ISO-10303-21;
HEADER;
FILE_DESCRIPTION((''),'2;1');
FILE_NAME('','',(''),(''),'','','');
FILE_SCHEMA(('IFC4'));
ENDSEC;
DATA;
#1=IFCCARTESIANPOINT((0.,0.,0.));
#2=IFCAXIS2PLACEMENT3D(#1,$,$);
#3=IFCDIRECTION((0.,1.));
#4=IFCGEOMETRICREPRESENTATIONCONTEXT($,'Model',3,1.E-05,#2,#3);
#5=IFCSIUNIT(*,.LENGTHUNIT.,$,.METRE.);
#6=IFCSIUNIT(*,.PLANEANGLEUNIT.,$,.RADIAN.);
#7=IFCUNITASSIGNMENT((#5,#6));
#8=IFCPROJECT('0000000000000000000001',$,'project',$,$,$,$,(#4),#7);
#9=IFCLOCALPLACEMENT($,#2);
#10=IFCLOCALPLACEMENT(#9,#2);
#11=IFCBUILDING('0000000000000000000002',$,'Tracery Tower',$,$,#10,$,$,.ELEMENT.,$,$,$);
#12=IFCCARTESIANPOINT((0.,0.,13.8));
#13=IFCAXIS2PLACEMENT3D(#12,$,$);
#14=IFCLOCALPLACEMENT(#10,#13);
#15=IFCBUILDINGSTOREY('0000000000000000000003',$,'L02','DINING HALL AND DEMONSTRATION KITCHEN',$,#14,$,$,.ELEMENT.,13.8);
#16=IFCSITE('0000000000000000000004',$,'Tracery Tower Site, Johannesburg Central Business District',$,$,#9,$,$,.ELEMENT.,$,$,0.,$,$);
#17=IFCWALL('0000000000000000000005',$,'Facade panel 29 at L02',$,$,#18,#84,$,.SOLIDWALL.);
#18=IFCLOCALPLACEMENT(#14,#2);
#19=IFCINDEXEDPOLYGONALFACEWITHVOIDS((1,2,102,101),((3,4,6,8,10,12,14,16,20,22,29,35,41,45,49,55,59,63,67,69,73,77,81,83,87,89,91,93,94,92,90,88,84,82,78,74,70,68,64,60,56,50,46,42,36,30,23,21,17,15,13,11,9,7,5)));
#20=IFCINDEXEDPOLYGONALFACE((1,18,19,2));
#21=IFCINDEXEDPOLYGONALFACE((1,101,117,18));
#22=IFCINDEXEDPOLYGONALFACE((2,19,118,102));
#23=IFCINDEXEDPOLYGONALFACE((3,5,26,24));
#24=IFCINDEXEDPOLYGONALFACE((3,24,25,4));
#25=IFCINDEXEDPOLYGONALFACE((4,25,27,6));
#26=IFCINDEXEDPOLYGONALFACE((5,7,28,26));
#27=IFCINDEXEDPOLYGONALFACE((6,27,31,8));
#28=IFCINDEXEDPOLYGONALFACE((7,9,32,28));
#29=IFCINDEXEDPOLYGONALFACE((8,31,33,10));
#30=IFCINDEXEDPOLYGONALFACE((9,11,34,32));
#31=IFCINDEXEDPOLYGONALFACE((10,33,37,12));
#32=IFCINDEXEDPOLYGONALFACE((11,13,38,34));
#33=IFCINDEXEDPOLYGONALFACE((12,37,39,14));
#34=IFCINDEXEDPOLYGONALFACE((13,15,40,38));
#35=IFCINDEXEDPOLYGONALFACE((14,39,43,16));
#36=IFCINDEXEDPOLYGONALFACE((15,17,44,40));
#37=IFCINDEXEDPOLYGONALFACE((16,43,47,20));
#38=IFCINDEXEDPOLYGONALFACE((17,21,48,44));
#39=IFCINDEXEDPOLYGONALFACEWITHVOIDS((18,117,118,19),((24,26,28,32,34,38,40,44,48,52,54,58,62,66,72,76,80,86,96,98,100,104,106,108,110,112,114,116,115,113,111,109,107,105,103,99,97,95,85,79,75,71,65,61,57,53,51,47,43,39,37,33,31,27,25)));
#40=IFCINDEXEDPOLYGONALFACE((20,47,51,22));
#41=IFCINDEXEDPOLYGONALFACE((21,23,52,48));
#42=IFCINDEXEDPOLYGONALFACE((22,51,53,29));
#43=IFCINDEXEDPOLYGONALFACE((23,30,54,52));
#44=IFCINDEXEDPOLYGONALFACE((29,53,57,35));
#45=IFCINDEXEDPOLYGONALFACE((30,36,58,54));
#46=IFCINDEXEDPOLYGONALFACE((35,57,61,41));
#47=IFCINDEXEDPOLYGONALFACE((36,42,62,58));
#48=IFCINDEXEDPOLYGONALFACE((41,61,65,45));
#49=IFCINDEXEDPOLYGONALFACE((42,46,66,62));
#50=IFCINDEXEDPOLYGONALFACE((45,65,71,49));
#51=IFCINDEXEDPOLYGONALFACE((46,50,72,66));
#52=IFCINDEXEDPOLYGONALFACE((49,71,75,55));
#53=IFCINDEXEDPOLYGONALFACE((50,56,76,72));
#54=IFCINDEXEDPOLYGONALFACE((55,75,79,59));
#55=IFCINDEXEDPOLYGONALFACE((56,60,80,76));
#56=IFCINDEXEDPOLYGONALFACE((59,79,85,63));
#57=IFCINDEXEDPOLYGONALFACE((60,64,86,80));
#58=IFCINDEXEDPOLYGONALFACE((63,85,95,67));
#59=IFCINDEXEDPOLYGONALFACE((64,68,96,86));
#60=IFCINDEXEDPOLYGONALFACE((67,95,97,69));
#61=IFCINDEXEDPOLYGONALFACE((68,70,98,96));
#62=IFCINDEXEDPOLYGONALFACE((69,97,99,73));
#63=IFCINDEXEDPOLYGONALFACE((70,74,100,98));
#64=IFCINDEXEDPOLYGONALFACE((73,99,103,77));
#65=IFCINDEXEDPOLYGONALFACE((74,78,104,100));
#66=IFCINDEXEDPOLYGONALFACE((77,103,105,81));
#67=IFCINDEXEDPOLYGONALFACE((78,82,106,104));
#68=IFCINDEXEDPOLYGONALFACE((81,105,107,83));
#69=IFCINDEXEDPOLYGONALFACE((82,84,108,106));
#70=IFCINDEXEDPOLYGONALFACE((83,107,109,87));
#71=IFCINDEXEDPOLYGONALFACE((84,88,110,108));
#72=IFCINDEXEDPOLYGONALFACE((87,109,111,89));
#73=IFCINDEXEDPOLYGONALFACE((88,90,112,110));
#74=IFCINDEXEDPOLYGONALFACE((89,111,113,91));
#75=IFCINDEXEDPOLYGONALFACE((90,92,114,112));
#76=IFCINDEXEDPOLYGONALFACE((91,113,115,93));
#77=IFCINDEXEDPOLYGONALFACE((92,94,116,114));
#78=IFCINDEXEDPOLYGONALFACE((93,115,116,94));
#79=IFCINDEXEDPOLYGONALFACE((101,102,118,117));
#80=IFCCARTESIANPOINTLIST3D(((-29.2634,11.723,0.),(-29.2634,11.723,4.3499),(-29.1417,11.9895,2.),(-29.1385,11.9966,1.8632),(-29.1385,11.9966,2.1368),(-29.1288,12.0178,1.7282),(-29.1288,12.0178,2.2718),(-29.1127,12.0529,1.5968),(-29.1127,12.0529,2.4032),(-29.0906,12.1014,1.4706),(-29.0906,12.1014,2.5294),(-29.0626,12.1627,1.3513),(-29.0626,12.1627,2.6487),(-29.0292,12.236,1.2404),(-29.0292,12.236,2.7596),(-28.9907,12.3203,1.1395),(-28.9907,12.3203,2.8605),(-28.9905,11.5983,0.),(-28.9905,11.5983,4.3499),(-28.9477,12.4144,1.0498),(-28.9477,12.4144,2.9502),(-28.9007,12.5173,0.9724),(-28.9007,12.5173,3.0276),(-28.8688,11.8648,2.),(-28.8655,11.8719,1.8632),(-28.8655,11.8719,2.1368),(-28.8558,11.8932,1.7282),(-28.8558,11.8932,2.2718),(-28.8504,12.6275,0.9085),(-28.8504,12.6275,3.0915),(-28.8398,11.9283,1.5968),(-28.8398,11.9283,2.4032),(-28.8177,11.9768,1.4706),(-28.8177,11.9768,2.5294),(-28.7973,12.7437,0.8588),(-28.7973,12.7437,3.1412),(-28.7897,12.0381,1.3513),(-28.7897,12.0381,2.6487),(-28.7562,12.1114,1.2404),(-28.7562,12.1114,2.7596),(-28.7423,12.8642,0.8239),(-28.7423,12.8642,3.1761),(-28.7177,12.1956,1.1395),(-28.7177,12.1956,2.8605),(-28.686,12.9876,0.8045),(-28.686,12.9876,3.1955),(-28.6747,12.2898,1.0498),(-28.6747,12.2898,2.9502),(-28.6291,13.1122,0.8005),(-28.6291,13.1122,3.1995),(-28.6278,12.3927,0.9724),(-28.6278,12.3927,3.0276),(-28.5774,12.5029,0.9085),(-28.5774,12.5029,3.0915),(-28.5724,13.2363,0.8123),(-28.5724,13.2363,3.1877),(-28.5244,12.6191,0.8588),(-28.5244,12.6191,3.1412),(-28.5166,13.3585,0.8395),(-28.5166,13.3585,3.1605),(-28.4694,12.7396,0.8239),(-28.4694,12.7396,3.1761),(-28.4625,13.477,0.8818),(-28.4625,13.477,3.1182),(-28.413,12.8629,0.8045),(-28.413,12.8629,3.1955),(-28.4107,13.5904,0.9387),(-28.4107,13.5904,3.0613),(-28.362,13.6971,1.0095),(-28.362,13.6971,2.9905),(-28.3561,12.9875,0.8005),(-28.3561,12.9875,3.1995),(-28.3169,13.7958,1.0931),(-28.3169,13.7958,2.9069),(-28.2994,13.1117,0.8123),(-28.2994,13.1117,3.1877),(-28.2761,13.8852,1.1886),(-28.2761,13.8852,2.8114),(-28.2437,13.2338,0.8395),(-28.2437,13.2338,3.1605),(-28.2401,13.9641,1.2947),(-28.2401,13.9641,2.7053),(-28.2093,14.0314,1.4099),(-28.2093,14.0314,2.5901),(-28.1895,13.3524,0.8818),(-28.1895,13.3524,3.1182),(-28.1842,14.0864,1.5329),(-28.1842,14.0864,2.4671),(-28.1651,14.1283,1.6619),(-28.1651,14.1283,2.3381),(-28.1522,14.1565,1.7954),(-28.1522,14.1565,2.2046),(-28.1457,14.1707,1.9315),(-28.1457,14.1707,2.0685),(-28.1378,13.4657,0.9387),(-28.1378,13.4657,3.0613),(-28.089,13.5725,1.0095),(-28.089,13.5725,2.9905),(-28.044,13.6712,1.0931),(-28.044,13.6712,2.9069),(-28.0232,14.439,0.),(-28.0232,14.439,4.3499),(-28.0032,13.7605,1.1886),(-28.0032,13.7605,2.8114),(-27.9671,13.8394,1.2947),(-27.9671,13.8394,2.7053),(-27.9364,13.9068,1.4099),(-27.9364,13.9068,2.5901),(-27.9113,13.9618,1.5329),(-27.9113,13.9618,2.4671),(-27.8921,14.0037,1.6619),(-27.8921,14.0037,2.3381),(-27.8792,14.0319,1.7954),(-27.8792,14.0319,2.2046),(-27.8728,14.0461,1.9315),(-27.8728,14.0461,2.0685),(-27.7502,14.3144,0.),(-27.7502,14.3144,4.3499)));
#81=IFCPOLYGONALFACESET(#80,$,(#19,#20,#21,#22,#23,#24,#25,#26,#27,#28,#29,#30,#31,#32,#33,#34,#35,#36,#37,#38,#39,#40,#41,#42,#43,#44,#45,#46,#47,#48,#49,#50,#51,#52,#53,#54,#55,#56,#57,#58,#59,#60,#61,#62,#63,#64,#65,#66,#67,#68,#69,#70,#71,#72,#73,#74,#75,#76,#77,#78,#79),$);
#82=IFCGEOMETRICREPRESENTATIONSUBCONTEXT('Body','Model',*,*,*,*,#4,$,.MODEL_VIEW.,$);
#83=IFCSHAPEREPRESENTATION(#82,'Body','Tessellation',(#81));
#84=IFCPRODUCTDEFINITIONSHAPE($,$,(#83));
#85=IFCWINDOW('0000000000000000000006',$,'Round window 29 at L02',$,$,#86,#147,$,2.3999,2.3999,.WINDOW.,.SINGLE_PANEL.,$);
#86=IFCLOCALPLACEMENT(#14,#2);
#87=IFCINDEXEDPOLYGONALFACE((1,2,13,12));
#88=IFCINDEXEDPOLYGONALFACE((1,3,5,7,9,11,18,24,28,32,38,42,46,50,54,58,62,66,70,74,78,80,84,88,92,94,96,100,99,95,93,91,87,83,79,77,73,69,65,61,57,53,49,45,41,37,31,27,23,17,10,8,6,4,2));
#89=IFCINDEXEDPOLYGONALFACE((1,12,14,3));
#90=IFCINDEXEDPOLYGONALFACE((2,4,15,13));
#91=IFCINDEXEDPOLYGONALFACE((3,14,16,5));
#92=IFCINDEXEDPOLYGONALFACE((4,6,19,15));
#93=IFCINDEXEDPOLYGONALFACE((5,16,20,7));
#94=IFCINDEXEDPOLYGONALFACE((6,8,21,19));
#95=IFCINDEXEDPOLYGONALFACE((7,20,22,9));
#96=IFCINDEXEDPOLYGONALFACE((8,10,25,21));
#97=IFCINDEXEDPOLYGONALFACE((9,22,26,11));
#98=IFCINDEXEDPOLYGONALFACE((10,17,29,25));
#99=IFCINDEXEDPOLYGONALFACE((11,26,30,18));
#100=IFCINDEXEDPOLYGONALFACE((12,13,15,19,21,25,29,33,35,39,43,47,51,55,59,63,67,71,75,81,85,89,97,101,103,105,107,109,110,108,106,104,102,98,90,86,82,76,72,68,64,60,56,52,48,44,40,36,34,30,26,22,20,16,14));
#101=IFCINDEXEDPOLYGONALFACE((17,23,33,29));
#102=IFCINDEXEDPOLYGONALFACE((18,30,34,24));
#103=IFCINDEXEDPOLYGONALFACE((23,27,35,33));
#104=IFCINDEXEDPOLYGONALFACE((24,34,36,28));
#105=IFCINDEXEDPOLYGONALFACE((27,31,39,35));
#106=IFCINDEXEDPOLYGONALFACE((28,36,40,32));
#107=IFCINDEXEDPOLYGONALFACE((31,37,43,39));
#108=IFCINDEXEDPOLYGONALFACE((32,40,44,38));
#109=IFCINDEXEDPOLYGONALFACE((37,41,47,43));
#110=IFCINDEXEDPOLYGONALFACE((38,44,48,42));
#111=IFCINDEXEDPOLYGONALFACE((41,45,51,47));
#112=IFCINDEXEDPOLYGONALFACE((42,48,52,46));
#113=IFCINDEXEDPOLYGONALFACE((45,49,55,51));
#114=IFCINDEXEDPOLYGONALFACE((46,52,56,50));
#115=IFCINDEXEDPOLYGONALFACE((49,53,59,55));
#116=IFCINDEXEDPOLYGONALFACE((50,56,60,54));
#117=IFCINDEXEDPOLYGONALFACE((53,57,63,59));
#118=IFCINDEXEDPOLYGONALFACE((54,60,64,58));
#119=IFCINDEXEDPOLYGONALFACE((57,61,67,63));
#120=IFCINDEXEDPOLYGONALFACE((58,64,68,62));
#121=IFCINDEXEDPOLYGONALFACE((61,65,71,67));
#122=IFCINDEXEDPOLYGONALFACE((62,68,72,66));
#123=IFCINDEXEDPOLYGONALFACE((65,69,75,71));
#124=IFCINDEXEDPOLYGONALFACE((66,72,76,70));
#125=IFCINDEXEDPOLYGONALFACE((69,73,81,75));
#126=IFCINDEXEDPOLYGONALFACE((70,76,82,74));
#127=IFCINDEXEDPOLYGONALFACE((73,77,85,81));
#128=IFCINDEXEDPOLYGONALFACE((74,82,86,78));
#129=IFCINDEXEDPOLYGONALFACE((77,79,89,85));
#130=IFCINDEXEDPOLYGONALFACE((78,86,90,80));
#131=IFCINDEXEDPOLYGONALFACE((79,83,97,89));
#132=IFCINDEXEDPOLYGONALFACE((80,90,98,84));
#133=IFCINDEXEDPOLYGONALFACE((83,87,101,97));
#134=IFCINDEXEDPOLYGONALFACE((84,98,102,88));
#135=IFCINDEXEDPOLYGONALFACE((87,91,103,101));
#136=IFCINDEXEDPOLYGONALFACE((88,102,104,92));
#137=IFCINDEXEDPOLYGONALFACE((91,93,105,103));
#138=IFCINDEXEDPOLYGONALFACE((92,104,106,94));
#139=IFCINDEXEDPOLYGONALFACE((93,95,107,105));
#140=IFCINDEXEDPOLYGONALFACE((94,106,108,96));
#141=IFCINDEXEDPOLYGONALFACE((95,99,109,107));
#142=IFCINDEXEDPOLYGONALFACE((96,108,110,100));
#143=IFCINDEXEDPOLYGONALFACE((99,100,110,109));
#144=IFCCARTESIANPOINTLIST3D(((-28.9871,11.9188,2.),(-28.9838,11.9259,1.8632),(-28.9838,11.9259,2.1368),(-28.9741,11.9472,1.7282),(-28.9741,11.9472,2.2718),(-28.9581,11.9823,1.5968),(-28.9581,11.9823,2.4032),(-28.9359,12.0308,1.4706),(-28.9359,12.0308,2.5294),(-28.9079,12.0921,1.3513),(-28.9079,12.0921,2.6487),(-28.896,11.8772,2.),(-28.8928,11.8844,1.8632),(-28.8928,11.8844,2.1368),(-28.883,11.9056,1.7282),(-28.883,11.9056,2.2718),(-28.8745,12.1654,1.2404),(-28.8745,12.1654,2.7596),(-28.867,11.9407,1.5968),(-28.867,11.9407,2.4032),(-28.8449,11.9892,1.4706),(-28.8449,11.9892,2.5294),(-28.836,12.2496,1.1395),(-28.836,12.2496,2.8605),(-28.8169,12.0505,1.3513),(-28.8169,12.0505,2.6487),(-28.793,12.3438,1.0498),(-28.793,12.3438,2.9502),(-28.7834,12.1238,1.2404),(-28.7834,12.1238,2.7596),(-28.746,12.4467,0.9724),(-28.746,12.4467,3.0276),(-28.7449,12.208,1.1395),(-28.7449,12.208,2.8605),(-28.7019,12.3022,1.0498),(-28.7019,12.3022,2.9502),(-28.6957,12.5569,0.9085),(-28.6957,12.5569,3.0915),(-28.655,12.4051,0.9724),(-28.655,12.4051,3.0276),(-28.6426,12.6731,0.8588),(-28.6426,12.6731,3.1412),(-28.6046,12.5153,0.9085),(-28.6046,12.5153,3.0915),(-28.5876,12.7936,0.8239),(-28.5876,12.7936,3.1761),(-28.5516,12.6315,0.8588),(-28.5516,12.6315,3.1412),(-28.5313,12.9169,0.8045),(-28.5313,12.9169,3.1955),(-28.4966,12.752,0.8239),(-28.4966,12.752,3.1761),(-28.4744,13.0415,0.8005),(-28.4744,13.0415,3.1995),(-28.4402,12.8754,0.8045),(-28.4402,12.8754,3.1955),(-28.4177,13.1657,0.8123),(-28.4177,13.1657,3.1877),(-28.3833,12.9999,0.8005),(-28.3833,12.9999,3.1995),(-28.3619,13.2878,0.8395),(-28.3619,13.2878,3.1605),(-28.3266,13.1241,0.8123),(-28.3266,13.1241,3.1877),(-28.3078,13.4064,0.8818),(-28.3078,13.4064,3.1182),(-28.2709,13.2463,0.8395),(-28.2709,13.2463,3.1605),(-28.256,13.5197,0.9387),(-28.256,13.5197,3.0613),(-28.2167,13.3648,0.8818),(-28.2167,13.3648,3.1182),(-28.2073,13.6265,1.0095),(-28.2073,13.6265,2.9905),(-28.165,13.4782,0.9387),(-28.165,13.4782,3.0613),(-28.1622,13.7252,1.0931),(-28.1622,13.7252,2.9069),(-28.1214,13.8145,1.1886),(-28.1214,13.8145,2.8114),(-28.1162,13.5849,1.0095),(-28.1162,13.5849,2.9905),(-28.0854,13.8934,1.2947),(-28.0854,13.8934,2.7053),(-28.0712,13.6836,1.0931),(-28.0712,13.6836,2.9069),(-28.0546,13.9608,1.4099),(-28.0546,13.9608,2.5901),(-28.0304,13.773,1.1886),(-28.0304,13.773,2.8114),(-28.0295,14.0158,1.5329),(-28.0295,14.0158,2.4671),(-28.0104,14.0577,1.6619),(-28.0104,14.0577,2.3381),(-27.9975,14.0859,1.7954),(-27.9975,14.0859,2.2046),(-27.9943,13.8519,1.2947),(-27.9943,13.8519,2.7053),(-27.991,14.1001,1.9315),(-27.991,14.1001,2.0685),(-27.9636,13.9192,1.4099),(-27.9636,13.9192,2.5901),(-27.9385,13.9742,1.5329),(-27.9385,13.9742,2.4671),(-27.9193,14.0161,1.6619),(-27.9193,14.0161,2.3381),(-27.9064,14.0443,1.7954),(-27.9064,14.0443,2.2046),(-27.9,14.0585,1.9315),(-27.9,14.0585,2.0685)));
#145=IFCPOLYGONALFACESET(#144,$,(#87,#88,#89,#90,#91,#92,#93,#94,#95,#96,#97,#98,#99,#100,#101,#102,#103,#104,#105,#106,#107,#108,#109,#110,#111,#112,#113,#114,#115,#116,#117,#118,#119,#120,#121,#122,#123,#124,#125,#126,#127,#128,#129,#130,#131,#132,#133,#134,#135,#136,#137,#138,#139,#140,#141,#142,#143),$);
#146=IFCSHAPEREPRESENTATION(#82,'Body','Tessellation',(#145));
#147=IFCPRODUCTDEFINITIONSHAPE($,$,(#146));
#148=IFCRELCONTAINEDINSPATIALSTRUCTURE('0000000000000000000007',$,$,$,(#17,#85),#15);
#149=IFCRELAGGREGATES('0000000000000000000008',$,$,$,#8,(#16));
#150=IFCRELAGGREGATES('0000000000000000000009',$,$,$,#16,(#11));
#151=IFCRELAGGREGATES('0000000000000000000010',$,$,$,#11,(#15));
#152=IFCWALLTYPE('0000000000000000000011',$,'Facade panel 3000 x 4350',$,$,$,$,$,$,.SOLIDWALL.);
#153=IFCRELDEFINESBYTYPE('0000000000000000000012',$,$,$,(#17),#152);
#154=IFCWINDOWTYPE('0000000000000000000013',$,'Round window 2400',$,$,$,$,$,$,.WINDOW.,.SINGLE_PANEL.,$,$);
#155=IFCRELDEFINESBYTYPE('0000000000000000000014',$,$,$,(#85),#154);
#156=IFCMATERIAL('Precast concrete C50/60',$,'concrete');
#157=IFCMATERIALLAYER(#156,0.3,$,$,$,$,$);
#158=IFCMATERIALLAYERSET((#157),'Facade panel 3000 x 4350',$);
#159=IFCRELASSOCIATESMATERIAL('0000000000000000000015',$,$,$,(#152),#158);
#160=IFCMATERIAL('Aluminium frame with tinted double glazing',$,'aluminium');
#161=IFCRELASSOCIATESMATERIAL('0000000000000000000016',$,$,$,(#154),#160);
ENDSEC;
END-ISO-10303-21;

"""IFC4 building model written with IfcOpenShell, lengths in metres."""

from ifc_helpers import new_model, si_unit, direction, frame, frame_2d, origin, origin_2d, place, context, subcontext, project, spatial, rectangle, circle, extrude, material, layer, layer_set, type_object, element, fill, save


model = new_model("IFC4")

# Units and contexts
model_context = context("Model", 3, precision=1e-05, world=origin(), true_north=direction((0.0, 1.0)))
body_context = subcontext(model_context, "Body", "Model", "MODEL_VIEW")
ifc_project = project(units=[si_unit("LENGTHUNIT", "METRE"), si_unit("PLANEANGLEUNIT", "RADIAN")], contexts=[model_context])

# Site, building, storey
site_placement = place(None, origin())
site = spatial("IfcSite", under=ifc_project, at=site_placement, Name="Tracery Tower Site, Johannesburg Central Business District", CompositionType="ELEMENT", RefElevation=0.0)
building_placement = place(site_placement, origin())
building = spatial("IfcBuilding", under=site, at=building_placement, Name="Tracery Tower", CompositionType="ELEMENT")
storey_placement = place(building_placement, frame((0.0, 0.0, 13.8)))
storey = spatial("IfcBuildingStorey", under=building, at=storey_placement, Name="L02", Description="DINING HALL AND DEMONSTRATION KITCHEN", CompositionType="ELEMENT", Elevation=13.8)

# Wall, opening, window
ifc_material_1 = material(Name="Precast concrete C50/60", Category="concrete")
ifc_layer_1 = layer(ifc_material_1, 0.3)
ifc_layer_set_1 = layer_set([ifc_layer_1], Name="Facade panel 3000 x 4350")
wall_type_1 = type_object("IfcWallType", Name="Facade panel 3000 x 4350", PredefinedType="SOLIDWALL", material=ifc_layer_set_1)
ifc_material_2 = material(Name="Aluminium frame with tinted double glazing", Category="aluminium")
window_type = type_object("IfcWindowType", Name="Round window 2400", PartitioningType="SINGLE_PANEL", PredefinedType="WINDOW", material=ifc_material_2)
wall_1_placement = place(storey_placement, frame((-27.8867, 14.3767, 0.0), z_axis=(0.0, 0.0, 1.0), x_axis=(-0.415373, -0.909651, 0.0)))
wall_1 = element("IfcWall", 1, at=wall_1_placement, inside=storey, type_object=wall_type_1, Name="Facade panel 29 at L02", PredefinedType="SOLIDWALL", context=body_context, shape_type="SweptSolid", body=[
    extrude(rectangle(XDim=2.9858, YDim=0.3, at=frame_2d((1.4929, 0.0))), origin(), (0.0, 0.0, 1.0), 4.3499),
])
opening_1_placement = place(wall_1_placement, frame((1.4929, 0.0, 2.0)))
opening_1 = element("IfcOpeningElement", 2, at=opening_1_placement, cuts=wall_1, PredefinedType="OPENING", context=body_context, shape_type="SweptSolid", body=[
    extrude(circle(Radius=1.2, at=origin_2d()), frame((0.0, 0.1599, 0.0), z_axis=(0.0, -1.0, 0.0), x_axis=(1.0, 0.0, 0.0)), (0.0, 0.0, 1.0), 0.3201),
])
window_1_placement = place(opening_1_placement, origin())
window_1 = element("IfcWindow", 3, at=window_1_placement, inside=storey, type_object=window_type, Name="Round window 29 at L02", OverallHeight=2.3999, OverallWidth=2.3999, PartitioningType="SINGLE_PANEL", PredefinedType="WINDOW", context=body_context, shape_type="SweptSolid", body=[
    extrude(circle(Radius=1.2, at=origin_2d()), frame((0.0, 0.1201, 0.0), z_axis=(0.0, -1.0, 0.0), x_axis=(1.0, 0.0, 0.0)), (0.0, 0.0, 1.0), 0.1001),
])
fill(opening_1, window_1)

save(model, "model.ifc")
